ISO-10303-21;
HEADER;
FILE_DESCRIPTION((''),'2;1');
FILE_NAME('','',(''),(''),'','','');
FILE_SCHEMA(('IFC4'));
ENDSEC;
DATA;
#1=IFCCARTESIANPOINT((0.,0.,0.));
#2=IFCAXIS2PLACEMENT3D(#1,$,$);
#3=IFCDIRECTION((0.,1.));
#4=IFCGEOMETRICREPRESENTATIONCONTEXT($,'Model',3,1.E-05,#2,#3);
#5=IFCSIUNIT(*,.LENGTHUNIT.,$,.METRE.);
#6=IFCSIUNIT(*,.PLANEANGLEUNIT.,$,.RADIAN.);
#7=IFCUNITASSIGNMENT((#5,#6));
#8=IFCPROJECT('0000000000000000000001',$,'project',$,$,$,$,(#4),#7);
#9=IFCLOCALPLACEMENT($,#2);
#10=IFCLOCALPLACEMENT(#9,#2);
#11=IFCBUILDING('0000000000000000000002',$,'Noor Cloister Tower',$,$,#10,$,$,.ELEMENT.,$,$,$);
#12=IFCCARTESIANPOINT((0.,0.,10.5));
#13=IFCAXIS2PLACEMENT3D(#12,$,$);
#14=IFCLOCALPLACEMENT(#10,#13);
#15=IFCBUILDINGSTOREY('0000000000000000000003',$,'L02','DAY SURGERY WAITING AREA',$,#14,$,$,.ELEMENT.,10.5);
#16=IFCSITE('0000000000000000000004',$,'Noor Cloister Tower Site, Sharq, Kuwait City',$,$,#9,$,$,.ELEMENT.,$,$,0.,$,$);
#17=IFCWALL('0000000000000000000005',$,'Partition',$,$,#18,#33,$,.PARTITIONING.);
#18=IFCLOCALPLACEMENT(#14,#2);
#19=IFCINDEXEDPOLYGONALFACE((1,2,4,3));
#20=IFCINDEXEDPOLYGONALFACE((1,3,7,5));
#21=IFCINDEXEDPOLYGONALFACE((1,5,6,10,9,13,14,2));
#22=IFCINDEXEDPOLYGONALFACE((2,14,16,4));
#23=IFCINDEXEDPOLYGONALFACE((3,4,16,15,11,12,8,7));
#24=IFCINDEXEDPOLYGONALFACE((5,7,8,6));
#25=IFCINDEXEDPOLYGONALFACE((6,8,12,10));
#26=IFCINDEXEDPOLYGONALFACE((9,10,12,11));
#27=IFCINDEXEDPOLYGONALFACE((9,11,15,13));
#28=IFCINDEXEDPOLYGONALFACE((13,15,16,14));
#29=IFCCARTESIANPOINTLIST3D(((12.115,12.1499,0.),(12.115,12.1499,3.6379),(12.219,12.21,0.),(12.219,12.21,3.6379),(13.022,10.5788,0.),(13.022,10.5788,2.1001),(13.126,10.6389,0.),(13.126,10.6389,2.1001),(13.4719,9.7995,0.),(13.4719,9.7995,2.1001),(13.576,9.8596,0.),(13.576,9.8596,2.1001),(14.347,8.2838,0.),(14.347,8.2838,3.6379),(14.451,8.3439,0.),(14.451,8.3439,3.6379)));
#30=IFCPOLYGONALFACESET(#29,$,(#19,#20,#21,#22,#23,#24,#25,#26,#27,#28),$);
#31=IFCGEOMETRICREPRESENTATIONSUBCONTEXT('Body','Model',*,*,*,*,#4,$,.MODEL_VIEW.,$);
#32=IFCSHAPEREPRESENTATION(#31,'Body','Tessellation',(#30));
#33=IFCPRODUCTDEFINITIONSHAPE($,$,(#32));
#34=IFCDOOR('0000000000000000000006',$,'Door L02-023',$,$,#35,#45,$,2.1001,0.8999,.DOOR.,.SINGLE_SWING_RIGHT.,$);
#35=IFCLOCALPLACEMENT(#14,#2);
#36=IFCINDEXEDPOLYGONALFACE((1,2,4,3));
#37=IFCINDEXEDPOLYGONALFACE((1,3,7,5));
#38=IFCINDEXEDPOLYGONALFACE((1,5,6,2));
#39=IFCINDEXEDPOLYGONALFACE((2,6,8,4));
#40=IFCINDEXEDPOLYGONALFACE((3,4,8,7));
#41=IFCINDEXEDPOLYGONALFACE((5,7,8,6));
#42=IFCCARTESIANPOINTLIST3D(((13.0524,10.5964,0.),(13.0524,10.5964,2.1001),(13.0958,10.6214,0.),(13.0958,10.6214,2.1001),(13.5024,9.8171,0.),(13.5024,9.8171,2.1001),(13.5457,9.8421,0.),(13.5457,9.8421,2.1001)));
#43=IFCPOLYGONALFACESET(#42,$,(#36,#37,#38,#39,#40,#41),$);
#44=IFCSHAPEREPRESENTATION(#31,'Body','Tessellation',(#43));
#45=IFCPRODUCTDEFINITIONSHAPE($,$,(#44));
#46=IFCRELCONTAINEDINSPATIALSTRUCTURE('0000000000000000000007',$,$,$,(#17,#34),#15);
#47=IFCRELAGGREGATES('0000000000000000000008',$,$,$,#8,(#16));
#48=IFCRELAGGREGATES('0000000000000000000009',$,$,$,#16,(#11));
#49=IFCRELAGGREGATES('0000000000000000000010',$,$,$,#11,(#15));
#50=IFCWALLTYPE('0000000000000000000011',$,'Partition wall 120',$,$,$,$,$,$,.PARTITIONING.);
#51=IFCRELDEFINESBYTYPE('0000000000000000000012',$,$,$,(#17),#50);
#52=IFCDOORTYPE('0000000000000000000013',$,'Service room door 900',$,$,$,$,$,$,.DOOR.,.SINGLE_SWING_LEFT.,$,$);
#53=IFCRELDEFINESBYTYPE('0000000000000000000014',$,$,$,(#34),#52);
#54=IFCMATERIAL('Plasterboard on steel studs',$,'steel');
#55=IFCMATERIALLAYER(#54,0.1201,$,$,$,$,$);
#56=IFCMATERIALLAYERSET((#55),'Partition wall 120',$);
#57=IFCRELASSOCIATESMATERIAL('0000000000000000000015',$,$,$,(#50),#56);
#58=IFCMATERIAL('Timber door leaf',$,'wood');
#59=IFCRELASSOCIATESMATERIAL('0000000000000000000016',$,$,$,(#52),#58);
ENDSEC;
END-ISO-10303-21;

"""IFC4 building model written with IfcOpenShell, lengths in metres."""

from ifc_helpers import new_model, si_unit, direction, frame, frame_2d, origin, place, context, subcontext, project, spatial, rectangle, extrude, material, layer, layer_set, type_object, element, fill, save


model = new_model("IFC4")

# Units and contexts
model_context = context("Model", 3, precision=1e-05, world=origin(), true_north=direction((0.0, 1.0)))
body_context = subcontext(model_context, "Body", "Model", "MODEL_VIEW")
ifc_project = project(units=[si_unit("LENGTHUNIT", "METRE"), si_unit("PLANEANGLEUNIT", "RADIAN")], contexts=[model_context])

# Site, building, storey
site_placement = place(None, origin())
site = spatial("IfcSite", under=ifc_project, at=site_placement, Name="Noor Cloister Tower Site, Sharq, Kuwait City", CompositionType="ELEMENT", RefElevation=0.0)
building_placement = place(site_placement, origin())
building = spatial("IfcBuilding", under=site, at=building_placement, Name="Noor Cloister Tower", CompositionType="ELEMENT")
storey_placement = place(building_placement, frame((0.0, 0.0, 10.5)))
storey = spatial("IfcBuildingStorey", under=building, at=storey_placement, Name="L02", Description="DAY SURGERY WAITING AREA", CompositionType="ELEMENT", Elevation=10.5)

# Shared definitions
ifc_material_1 = material(Name="Plasterboard on steel studs", Category="steel")
ifc_layer_1 = layer(ifc_material_1, 0.1201)
ifc_layer_set_1 = layer_set([ifc_layer_1], Name="Partition wall 120")
wall_type_1 = type_object("IfcWallType", Name="Partition wall 120", PredefinedType="PARTITIONING", material=ifc_layer_set_1)

# Wall, opening, door
wall_1_placement = place(storey_placement, frame((14.3989, 8.314, 0.0), z_axis=(0.0, 0.0, 1.0), x_axis=(-0.499986, 0.866033, 0.0)))
wall_1 = element("IfcWall", 1, at=wall_1_placement, inside=storey, type_object=wall_type_1, Name="Partition", PredefinedType="PARTITIONING", context=body_context, shape_type="SweptSolid", body=[
    extrude(rectangle(XDim=4.4641, YDim=0.1201, at=frame_2d((2.2319, 0.0))), origin(), (0.0, 0.0, 1.0), 3.6379),
])
opening_1_placement = place(wall_1_placement, frame((1.75, 0.0, 0.0)))
opening_1 = element("IfcOpeningElement", 2, at=opening_1_placement, cuts=wall_1, PredefinedType="OPENING", context=body_context, shape_type="SweptSolid", body=[
    extrude(rectangle(XDim=0.8999, YDim=2.1001, at=frame_2d((0.45, 1.05))), frame((0.0, 0.0701, 0.0), z_axis=(0.0, -1.0, 0.0), x_axis=(1.0, 0.0, 0.0)), (0.0, 0.0, 1.0), 0.1401),
])
ifc_material_2 = material(Name="Timber door leaf", Category="wood")
door_type_1 = type_object("IfcDoorType", Name="Service room door 900", OperationType="SINGLE_SWING_LEFT", PredefinedType="DOOR", material=ifc_material_2)
door_1_placement = place(opening_1_placement, origin())
door_1 = element("IfcDoor", 3, at=door_1_placement, inside=storey, type_object=door_type_1, Name="Door L02-023", OperationType="SINGLE_SWING_RIGHT", OverallHeight=2.1001, OverallWidth=0.8999, PredefinedType="DOOR", context=body_context, shape_type="SweptSolid", body=[
    extrude(rectangle(XDim=0.8999, YDim=2.1001, at=frame_2d((0.45, 1.05))), frame((0.0, 0.0249, 0.0), z_axis=(0.0, -1.0, 0.0), x_axis=(1.0, 0.0, 0.0)), (0.0, 0.0, 1.0), 0.05),
])
fill(opening_1, door_1)

save(model, "model.ifc")
